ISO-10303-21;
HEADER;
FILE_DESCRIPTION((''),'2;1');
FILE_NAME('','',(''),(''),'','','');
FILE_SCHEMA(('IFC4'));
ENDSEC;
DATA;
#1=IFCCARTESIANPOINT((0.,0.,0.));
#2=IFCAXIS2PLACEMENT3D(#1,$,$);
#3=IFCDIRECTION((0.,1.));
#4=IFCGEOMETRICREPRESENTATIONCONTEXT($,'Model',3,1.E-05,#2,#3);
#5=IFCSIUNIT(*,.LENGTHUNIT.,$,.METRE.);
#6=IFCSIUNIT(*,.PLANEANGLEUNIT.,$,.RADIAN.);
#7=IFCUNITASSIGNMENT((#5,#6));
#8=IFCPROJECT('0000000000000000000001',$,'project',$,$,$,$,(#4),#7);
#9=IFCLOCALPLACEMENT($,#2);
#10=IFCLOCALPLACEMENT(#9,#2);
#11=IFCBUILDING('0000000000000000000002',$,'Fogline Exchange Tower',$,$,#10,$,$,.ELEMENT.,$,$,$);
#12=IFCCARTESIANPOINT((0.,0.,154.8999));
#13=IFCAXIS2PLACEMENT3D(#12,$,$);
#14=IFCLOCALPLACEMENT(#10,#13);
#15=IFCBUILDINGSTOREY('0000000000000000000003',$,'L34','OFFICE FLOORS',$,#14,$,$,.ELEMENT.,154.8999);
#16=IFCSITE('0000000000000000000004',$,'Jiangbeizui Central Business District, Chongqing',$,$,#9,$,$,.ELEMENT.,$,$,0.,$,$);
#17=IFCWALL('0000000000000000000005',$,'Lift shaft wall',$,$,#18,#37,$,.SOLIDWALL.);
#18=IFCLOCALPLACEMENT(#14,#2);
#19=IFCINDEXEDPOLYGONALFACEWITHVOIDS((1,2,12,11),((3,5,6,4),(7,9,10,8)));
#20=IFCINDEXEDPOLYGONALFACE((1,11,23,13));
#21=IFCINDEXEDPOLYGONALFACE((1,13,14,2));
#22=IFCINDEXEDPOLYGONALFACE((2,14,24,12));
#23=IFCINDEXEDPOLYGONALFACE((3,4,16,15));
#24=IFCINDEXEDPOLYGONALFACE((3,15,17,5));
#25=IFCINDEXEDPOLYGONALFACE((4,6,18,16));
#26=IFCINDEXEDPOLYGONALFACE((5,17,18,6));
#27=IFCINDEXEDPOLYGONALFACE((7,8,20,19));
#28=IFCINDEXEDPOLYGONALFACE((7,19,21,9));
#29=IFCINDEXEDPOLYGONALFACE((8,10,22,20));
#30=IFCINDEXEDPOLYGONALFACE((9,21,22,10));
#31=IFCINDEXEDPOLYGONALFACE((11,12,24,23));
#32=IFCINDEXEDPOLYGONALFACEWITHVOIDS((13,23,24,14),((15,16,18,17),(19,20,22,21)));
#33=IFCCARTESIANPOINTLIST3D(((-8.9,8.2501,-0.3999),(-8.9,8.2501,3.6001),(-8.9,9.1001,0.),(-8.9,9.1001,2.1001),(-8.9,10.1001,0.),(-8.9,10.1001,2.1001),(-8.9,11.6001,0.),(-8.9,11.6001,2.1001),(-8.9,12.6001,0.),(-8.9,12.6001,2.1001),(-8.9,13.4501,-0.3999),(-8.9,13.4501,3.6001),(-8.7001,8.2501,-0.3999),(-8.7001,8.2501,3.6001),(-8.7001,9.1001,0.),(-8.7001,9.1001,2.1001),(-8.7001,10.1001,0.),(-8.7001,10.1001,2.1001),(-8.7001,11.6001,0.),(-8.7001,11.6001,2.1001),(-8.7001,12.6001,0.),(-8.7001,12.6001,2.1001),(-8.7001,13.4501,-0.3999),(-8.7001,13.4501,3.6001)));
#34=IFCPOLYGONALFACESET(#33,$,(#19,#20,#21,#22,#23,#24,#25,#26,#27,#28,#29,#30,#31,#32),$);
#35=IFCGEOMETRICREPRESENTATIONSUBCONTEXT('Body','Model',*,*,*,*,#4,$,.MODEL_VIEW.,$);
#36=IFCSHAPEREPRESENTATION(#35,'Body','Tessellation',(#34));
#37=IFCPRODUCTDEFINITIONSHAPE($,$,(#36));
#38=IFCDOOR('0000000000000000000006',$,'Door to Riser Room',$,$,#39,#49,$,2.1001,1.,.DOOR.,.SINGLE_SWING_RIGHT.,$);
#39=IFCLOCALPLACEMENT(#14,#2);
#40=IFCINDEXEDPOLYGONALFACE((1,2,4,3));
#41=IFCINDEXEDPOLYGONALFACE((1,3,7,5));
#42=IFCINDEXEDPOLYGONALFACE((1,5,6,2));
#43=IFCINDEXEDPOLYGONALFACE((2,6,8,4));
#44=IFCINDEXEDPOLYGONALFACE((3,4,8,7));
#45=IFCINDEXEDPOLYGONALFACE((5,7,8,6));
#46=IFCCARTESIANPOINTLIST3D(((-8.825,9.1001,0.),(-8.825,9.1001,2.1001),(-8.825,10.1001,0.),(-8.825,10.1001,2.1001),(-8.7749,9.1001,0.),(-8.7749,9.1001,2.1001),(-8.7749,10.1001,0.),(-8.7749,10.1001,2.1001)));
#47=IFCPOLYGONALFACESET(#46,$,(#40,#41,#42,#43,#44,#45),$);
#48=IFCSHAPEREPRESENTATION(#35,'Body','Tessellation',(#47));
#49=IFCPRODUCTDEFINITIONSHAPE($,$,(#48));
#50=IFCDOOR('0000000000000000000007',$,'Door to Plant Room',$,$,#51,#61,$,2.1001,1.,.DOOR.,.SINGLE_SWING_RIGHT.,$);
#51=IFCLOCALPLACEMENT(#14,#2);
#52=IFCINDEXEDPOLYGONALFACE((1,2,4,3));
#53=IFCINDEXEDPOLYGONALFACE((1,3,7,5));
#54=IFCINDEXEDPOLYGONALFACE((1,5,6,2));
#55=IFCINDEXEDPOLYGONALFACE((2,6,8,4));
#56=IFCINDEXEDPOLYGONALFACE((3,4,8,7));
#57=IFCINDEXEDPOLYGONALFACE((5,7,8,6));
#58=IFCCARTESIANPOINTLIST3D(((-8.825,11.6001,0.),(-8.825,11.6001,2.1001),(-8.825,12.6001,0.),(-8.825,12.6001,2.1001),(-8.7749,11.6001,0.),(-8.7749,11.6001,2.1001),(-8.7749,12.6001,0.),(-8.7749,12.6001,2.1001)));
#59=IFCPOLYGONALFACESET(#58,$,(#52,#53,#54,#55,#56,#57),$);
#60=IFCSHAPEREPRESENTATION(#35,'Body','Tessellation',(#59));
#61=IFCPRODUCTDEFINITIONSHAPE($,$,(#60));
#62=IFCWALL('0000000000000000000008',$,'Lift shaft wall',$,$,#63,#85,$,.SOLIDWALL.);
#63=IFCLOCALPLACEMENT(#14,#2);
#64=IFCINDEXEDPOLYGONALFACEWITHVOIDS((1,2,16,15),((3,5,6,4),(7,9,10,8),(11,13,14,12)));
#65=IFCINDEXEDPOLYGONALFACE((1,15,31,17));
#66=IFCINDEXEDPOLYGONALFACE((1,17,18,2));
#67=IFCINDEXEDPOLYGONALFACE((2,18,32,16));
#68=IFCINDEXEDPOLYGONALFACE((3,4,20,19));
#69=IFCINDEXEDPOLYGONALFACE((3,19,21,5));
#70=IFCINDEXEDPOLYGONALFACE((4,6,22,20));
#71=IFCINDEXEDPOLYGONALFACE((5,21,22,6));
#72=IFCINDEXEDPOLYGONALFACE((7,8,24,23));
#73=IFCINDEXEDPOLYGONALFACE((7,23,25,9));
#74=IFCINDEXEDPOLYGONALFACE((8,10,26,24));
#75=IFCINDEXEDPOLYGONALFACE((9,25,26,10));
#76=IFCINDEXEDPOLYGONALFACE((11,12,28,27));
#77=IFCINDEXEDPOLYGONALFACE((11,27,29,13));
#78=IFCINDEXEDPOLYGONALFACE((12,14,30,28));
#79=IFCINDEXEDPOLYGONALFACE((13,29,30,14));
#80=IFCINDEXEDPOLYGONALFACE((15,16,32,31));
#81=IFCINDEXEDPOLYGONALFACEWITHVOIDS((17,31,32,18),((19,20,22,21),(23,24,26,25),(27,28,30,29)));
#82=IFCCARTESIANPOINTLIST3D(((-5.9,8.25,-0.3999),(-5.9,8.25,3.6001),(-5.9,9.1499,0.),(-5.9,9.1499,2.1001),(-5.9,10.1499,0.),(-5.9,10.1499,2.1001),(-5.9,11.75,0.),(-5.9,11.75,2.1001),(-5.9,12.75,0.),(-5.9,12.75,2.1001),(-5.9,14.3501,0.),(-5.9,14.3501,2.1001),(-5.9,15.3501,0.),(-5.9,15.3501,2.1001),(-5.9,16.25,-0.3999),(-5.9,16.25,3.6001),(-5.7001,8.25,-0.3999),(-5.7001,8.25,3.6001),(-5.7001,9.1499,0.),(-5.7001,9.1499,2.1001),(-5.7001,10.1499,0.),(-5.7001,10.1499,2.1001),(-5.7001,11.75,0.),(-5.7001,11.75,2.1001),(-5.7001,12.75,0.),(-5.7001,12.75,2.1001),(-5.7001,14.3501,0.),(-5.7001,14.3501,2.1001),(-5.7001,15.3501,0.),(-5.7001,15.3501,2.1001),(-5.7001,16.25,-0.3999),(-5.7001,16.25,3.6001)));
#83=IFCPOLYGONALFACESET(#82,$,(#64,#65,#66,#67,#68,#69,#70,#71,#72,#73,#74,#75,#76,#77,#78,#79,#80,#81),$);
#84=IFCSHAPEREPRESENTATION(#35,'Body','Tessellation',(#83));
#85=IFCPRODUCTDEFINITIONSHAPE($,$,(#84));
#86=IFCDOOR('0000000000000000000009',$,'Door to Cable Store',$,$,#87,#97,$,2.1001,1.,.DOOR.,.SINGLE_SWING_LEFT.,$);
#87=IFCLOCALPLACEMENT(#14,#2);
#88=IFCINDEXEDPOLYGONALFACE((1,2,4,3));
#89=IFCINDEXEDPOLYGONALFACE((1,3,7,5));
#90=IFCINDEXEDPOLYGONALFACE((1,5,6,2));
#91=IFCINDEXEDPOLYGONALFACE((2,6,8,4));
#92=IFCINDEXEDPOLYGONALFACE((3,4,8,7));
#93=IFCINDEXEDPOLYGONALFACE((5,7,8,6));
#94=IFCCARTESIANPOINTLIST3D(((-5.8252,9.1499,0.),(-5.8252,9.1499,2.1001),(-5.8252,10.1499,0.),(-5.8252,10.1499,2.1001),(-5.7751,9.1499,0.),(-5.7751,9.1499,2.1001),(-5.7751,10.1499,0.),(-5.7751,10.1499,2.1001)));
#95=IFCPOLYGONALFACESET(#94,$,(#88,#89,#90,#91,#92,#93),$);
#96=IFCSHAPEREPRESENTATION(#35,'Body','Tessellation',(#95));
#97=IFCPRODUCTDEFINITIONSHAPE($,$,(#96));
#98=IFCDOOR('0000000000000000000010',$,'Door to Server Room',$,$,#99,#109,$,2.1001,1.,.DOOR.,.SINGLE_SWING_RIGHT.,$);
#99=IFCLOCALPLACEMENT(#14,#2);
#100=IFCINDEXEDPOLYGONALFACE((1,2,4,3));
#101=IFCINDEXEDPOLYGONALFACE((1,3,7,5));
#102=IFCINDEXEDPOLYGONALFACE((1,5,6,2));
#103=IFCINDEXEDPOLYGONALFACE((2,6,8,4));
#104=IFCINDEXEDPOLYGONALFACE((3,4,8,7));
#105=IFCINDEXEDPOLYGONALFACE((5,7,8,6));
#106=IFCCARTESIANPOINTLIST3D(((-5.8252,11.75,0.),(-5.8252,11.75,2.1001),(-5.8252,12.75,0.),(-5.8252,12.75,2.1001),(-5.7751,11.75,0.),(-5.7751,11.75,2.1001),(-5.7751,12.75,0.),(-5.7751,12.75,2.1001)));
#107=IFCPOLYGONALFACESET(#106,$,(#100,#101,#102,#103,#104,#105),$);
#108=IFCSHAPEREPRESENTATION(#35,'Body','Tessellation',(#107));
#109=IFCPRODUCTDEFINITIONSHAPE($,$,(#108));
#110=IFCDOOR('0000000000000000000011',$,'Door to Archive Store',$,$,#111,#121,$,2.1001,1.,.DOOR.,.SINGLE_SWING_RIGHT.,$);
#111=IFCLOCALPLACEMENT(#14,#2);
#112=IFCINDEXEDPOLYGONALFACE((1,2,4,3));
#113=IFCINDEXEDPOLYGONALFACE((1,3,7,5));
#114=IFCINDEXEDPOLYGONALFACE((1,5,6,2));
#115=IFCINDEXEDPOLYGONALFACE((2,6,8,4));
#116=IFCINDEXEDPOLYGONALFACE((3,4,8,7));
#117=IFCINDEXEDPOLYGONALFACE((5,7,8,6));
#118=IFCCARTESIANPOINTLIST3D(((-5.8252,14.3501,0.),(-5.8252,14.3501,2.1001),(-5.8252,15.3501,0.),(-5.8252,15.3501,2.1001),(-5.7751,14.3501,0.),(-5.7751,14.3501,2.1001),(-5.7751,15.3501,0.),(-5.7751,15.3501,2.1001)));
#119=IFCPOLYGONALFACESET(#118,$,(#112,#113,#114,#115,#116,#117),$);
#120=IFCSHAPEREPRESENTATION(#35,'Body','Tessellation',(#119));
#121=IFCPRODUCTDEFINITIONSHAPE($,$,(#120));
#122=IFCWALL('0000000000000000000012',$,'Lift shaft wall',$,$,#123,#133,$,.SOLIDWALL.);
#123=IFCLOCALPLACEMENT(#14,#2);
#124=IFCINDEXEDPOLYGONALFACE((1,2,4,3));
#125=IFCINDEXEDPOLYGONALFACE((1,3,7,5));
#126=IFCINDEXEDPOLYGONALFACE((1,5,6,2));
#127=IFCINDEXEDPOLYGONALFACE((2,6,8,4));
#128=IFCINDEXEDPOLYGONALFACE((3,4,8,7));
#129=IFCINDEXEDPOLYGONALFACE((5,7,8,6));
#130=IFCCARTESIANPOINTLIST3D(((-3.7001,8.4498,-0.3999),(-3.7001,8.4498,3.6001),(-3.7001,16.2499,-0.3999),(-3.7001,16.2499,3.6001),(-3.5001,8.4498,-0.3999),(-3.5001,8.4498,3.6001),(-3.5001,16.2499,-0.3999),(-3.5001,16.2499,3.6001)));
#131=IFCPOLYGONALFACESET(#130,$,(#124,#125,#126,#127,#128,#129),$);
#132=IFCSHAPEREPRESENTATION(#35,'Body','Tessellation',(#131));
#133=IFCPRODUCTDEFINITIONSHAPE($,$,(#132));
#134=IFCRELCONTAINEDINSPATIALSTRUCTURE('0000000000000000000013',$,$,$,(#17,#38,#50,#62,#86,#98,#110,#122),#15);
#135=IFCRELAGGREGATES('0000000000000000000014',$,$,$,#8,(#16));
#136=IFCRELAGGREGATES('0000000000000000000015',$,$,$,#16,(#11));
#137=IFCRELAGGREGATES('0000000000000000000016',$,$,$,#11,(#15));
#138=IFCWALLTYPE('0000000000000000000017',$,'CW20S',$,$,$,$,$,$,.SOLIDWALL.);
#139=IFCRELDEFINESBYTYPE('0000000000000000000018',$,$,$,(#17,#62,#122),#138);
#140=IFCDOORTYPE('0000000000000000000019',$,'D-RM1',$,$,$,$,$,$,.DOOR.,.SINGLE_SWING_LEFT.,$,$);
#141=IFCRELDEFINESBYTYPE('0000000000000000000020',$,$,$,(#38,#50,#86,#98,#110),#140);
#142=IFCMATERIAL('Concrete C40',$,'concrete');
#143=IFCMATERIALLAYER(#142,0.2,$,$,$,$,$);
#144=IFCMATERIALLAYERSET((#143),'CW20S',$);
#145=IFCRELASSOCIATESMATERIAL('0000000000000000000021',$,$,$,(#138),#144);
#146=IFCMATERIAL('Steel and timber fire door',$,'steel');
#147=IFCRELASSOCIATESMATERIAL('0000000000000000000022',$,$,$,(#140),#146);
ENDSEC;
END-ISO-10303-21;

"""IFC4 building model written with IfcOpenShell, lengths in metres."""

from ifc_helpers import new_model, si_unit, direction, frame, frame_2d, origin, place, context, subcontext, project, spatial, rectangle, extrude, material, layer, layer_set, type_object, element, fill, save


model = new_model("IFC4")

# Units and contexts
model_context = context("Model", 3, precision=1e-05, world=origin(), true_north=direction((0.0, 1.0)))
body_context = subcontext(model_context, "Body", "Model", "MODEL_VIEW")
ifc_project = project(units=[si_unit("LENGTHUNIT", "METRE"), si_unit("PLANEANGLEUNIT", "RADIAN")], contexts=[model_context])

# Site, building, storey
site_placement = place(None, origin())
site = spatial("IfcSite", under=ifc_project, at=site_placement, Name="Jiangbeizui Central Business District, Chongqing", CompositionType="ELEMENT", RefElevation=0.0)
building_placement = place(site_placement, origin())
building = spatial("IfcBuilding", under=site, at=building_placement, Name="Fogline Exchange Tower", CompositionType="ELEMENT")
storey_placement = place(building_placement, frame((0.0, 0.0, 154.8999)))
storey = spatial("IfcBuildingStorey", under=building, at=storey_placement, Name="L34", Description="OFFICE FLOORS", CompositionType="ELEMENT", Elevation=154.8999)

# Shared definitions
ifc_material_1 = material(Name="Steel and timber fire door", Category="steel")

# Shared definitions
ifc_material_2 = material(Name="Concrete C40", Category="concrete")

# Walls, openings, doors
ifc_layer_1 = layer(ifc_material_2, 0.2)
ifc_layer_set_1 = layer_set([ifc_layer_1], Name="CW20S")
wall_type_1 = type_object("IfcWallType", Name="CW20S", PredefinedType="SOLIDWALL", material=ifc_layer_set_1)
wall_1_placement = place(storey_placement, frame((-8.8, 8.25, -0.3999), z_axis=(0.0, 0.0, 1.0), x_axis=(0.0, 1.0, 0.0)))
wall_1 = element("IfcWall", 1, at=wall_1_placement, inside=storey, type_object=wall_type_1, Name="Lift shaft wall", PredefinedType="SOLIDWALL", context=body_context, shape_type="SweptSolid", body=[
    extrude(rectangle(XDim=5.2, YDim=0.2, at=frame_2d((2.6001, 0.0))), origin(), (0.0, 0.0, 1.0), 4.0),
])
opening_1_placement = place(wall_1_placement, frame((0.8501, 0.0, 0.3999)))
opening_1 = element("IfcOpeningElement", 2, at=opening_1_placement, cuts=wall_1, PredefinedType="OPENING", context=body_context, shape_type="SweptSolid", body=[
    extrude(rectangle(XDim=1.0, YDim=2.1001, at=frame_2d((0.5, 1.05))), frame((0.0, 0.1099, 0.0), z_axis=(0.0, -1.0, 0.0), x_axis=(1.0, 0.0, 0.0)), (0.0, 0.0, 1.0), 0.22),
])
opening_2_placement = place(wall_1_placement, frame((3.3501, 0.0, 0.3999)))
opening_2 = element("IfcOpeningElement", 3, at=opening_2_placement, cuts=wall_1, PredefinedType="OPENING", context=body_context, shape_type="SweptSolid", body=[
    extrude(rectangle(XDim=1.0, YDim=2.1001, at=frame_2d((0.5, 1.05))), frame((0.0, 0.1099, 0.0), z_axis=(0.0, -1.0, 0.0), x_axis=(1.0, 0.0, 0.0)), (0.0, 0.0, 1.0), 0.22),
])
door_type_1 = type_object("IfcDoorType", Name="D-RM1", OperationType="SINGLE_SWING_LEFT", PredefinedType="DOOR", material=ifc_material_1)
door_1_placement = place(opening_1_placement, origin())
door_1 = element("IfcDoor", 4, at=door_1_placement, inside=storey, type_object=door_type_1, Name="Door to Riser Room", OperationType="SINGLE_SWING_RIGHT", OverallHeight=2.1001, OverallWidth=1.0, PredefinedType="DOOR", context=body_context, shape_type="SweptSolid", body=[
    extrude(rectangle(XDim=1.0, YDim=2.1001, at=frame_2d((0.5, 1.05))), frame((0.0, 0.0249, 0.0), z_axis=(0.0, -1.0, 0.0), x_axis=(1.0, 0.0, 0.0)), (0.0, 0.0, 1.0), 0.05),
])
fill(opening_1, door_1)
door_2_placement = place(opening_2_placement, origin())
door_2 = element("IfcDoor", 5, at=door_2_placement, inside=storey, type_object=door_type_1, Name="Door to Plant Room", OperationType="SINGLE_SWING_RIGHT", OverallHeight=2.1001, OverallWidth=1.0, PredefinedType="DOOR", context=body_context, shape_type="SweptSolid", body=[
    extrude(rectangle(XDim=1.0, YDim=2.1001, at=frame_2d((0.5, 1.05))), frame((0.0, 0.0249, 0.0), z_axis=(0.0, -1.0, 0.0), x_axis=(1.0, 0.0, 0.0)), (0.0, 0.0, 1.0), 0.05),
])
fill(opening_2, door_2)
wall_2_placement = place(storey_placement, frame((-5.8, 8.25, -0.3999), z_axis=(0.0, 0.0, 1.0), x_axis=(0.0, 1.0, 0.0)))
wall_2 = element("IfcWall", 6, at=wall_2_placement, inside=storey, type_object=wall_type_1, Name="Lift shaft wall", PredefinedType="SOLIDWALL", context=body_context, shape_type="SweptSolid", body=[
    extrude(rectangle(XDim=8.0, YDim=0.2, at=frame_2d((4.0, 0.0))), origin(), (0.0, 0.0, 1.0), 4.0),
])
opening_3_placement = place(wall_2_placement, frame((0.8999, 0.0, 0.3999)))
opening_3 = element("IfcOpeningElement", 7, at=opening_3_placement, cuts=wall_2, PredefinedType="OPENING", context=body_context, shape_type="SweptSolid", body=[
    extrude(rectangle(XDim=1.0, YDim=2.1001, at=frame_2d((0.5, 1.05))), frame((0.0, 0.1099, 0.0), z_axis=(0.0, -1.0, 0.0), x_axis=(1.0, 0.0, 0.0)), (0.0, 0.0, 1.0), 0.22),
])
opening_4_placement = place(wall_2_placement, frame((3.5, 0.0, 0.3999)))
opening_4 = element("IfcOpeningElement", 8, at=opening_4_placement, cuts=wall_2, PredefinedType="OPENING", context=body_context, shape_type="SweptSolid", body=[
    extrude(rectangle(XDim=1.0, YDim=2.1001, at=frame_2d((0.5, 1.05))), frame((0.0, 0.1099, 0.0), z_axis=(0.0, -1.0, 0.0), x_axis=(1.0, 0.0, 0.0)), (0.0, 0.0, 1.0), 0.22),
])
opening_5_placement = place(wall_2_placement, frame((6.1001, 0.0, 0.3999)))
opening_5 = element("IfcOpeningElement", 9, at=opening_5_placement, cuts=wall_2, PredefinedType="OPENING", context=body_context, shape_type="SweptSolid", body=[
    extrude(rectangle(XDim=1.0, YDim=2.1001, at=frame_2d((0.5, 1.05))), frame((0.0, 0.1099, 0.0), z_axis=(0.0, -1.0, 0.0), x_axis=(1.0, 0.0, 0.0)), (0.0, 0.0, 1.0), 0.22),
])
door_3_placement = place(opening_3_placement, frame((1.0, 0.0, 0.0), z_axis=(0.0, 0.0, 1.0), x_axis=(-1.0, 0.0, 0.0)))
door_3 = element("IfcDoor", 10, at=door_3_placement, inside=storey, type_object=door_type_1, Name="Door to Cable Store", OperationType="SINGLE_SWING_LEFT", OverallHeight=2.1001, OverallWidth=1.0, PredefinedType="DOOR", context=body_context, shape_type="SweptSolid", body=[
    extrude(rectangle(XDim=1.0, YDim=2.1001, at=frame_2d((0.5, 1.05))), frame((0.0, 0.0249, 0.0), z_axis=(0.0, -1.0, 0.0), x_axis=(1.0, 0.0, 0.0)), (0.0, 0.0, 1.0), 0.05),
])
fill(opening_3, door_3)
door_4_placement = place(opening_4_placement, frame((1.0, 0.0, 0.0), z_axis=(0.0, 0.0, 1.0), x_axis=(-1.0, 0.0, 0.0)))
door_4 = element("IfcDoor", 11, at=door_4_placement, inside=storey, type_object=door_type_1, Name="Door to Server Room", OperationType="SINGLE_SWING_RIGHT", OverallHeight=2.1001, OverallWidth=1.0, PredefinedType="DOOR", context=body_context, shape_type="SweptSolid", body=[
    extrude(rectangle(XDim=1.0, YDim=2.1001, at=frame_2d((0.5, 1.05))), frame((0.0, 0.0249, 0.0), z_axis=(0.0, -1.0, 0.0), x_axis=(1.0, 0.0, 0.0)), (0.0, 0.0, 1.0), 0.05),
])
fill(opening_4, door_4)
door_5_placement = place(opening_5_placement, frame((1.0, 0.0, 0.0), z_axis=(0.0, 0.0, 1.0), x_axis=(-1.0, 0.0, 0.0)))
door_5 = element("IfcDoor", 12, at=door_5_placement, inside=storey, type_object=door_type_1, Name="Door to Archive Store", OperationType="SINGLE_SWING_RIGHT", OverallHeight=2.1001, OverallWidth=1.0, PredefinedType="DOOR", context=body_context, shape_type="SweptSolid", body=[
    extrude(rectangle(XDim=1.0, YDim=2.1001, at=frame_2d((0.5, 1.05))), frame((0.0, 0.0249, 0.0), z_axis=(0.0, -1.0, 0.0), x_axis=(1.0, 0.0, 0.0)), (0.0, 0.0, 1.0), 0.05),
])
fill(opening_5, door_5)

# Wall
wall_3_placement = place(storey_placement, frame((-3.6001, 8.45, -0.3999), z_axis=(0.0, 0.0, 1.0), x_axis=(0.0, 1.0, 0.0)))
element("IfcWall", 13, at=wall_3_placement, inside=storey, type_object=wall_type_1, Name="Lift shaft wall", PredefinedType="SOLIDWALL", context=body_context, shape_type="SweptSolid", body=[
    extrude(rectangle(XDim=7.8, YDim=0.2, at=frame_2d((3.8999, 0.0))), origin(), (0.0, 0.0, 1.0), 4.0),
])

save(model, "model.ifc")
